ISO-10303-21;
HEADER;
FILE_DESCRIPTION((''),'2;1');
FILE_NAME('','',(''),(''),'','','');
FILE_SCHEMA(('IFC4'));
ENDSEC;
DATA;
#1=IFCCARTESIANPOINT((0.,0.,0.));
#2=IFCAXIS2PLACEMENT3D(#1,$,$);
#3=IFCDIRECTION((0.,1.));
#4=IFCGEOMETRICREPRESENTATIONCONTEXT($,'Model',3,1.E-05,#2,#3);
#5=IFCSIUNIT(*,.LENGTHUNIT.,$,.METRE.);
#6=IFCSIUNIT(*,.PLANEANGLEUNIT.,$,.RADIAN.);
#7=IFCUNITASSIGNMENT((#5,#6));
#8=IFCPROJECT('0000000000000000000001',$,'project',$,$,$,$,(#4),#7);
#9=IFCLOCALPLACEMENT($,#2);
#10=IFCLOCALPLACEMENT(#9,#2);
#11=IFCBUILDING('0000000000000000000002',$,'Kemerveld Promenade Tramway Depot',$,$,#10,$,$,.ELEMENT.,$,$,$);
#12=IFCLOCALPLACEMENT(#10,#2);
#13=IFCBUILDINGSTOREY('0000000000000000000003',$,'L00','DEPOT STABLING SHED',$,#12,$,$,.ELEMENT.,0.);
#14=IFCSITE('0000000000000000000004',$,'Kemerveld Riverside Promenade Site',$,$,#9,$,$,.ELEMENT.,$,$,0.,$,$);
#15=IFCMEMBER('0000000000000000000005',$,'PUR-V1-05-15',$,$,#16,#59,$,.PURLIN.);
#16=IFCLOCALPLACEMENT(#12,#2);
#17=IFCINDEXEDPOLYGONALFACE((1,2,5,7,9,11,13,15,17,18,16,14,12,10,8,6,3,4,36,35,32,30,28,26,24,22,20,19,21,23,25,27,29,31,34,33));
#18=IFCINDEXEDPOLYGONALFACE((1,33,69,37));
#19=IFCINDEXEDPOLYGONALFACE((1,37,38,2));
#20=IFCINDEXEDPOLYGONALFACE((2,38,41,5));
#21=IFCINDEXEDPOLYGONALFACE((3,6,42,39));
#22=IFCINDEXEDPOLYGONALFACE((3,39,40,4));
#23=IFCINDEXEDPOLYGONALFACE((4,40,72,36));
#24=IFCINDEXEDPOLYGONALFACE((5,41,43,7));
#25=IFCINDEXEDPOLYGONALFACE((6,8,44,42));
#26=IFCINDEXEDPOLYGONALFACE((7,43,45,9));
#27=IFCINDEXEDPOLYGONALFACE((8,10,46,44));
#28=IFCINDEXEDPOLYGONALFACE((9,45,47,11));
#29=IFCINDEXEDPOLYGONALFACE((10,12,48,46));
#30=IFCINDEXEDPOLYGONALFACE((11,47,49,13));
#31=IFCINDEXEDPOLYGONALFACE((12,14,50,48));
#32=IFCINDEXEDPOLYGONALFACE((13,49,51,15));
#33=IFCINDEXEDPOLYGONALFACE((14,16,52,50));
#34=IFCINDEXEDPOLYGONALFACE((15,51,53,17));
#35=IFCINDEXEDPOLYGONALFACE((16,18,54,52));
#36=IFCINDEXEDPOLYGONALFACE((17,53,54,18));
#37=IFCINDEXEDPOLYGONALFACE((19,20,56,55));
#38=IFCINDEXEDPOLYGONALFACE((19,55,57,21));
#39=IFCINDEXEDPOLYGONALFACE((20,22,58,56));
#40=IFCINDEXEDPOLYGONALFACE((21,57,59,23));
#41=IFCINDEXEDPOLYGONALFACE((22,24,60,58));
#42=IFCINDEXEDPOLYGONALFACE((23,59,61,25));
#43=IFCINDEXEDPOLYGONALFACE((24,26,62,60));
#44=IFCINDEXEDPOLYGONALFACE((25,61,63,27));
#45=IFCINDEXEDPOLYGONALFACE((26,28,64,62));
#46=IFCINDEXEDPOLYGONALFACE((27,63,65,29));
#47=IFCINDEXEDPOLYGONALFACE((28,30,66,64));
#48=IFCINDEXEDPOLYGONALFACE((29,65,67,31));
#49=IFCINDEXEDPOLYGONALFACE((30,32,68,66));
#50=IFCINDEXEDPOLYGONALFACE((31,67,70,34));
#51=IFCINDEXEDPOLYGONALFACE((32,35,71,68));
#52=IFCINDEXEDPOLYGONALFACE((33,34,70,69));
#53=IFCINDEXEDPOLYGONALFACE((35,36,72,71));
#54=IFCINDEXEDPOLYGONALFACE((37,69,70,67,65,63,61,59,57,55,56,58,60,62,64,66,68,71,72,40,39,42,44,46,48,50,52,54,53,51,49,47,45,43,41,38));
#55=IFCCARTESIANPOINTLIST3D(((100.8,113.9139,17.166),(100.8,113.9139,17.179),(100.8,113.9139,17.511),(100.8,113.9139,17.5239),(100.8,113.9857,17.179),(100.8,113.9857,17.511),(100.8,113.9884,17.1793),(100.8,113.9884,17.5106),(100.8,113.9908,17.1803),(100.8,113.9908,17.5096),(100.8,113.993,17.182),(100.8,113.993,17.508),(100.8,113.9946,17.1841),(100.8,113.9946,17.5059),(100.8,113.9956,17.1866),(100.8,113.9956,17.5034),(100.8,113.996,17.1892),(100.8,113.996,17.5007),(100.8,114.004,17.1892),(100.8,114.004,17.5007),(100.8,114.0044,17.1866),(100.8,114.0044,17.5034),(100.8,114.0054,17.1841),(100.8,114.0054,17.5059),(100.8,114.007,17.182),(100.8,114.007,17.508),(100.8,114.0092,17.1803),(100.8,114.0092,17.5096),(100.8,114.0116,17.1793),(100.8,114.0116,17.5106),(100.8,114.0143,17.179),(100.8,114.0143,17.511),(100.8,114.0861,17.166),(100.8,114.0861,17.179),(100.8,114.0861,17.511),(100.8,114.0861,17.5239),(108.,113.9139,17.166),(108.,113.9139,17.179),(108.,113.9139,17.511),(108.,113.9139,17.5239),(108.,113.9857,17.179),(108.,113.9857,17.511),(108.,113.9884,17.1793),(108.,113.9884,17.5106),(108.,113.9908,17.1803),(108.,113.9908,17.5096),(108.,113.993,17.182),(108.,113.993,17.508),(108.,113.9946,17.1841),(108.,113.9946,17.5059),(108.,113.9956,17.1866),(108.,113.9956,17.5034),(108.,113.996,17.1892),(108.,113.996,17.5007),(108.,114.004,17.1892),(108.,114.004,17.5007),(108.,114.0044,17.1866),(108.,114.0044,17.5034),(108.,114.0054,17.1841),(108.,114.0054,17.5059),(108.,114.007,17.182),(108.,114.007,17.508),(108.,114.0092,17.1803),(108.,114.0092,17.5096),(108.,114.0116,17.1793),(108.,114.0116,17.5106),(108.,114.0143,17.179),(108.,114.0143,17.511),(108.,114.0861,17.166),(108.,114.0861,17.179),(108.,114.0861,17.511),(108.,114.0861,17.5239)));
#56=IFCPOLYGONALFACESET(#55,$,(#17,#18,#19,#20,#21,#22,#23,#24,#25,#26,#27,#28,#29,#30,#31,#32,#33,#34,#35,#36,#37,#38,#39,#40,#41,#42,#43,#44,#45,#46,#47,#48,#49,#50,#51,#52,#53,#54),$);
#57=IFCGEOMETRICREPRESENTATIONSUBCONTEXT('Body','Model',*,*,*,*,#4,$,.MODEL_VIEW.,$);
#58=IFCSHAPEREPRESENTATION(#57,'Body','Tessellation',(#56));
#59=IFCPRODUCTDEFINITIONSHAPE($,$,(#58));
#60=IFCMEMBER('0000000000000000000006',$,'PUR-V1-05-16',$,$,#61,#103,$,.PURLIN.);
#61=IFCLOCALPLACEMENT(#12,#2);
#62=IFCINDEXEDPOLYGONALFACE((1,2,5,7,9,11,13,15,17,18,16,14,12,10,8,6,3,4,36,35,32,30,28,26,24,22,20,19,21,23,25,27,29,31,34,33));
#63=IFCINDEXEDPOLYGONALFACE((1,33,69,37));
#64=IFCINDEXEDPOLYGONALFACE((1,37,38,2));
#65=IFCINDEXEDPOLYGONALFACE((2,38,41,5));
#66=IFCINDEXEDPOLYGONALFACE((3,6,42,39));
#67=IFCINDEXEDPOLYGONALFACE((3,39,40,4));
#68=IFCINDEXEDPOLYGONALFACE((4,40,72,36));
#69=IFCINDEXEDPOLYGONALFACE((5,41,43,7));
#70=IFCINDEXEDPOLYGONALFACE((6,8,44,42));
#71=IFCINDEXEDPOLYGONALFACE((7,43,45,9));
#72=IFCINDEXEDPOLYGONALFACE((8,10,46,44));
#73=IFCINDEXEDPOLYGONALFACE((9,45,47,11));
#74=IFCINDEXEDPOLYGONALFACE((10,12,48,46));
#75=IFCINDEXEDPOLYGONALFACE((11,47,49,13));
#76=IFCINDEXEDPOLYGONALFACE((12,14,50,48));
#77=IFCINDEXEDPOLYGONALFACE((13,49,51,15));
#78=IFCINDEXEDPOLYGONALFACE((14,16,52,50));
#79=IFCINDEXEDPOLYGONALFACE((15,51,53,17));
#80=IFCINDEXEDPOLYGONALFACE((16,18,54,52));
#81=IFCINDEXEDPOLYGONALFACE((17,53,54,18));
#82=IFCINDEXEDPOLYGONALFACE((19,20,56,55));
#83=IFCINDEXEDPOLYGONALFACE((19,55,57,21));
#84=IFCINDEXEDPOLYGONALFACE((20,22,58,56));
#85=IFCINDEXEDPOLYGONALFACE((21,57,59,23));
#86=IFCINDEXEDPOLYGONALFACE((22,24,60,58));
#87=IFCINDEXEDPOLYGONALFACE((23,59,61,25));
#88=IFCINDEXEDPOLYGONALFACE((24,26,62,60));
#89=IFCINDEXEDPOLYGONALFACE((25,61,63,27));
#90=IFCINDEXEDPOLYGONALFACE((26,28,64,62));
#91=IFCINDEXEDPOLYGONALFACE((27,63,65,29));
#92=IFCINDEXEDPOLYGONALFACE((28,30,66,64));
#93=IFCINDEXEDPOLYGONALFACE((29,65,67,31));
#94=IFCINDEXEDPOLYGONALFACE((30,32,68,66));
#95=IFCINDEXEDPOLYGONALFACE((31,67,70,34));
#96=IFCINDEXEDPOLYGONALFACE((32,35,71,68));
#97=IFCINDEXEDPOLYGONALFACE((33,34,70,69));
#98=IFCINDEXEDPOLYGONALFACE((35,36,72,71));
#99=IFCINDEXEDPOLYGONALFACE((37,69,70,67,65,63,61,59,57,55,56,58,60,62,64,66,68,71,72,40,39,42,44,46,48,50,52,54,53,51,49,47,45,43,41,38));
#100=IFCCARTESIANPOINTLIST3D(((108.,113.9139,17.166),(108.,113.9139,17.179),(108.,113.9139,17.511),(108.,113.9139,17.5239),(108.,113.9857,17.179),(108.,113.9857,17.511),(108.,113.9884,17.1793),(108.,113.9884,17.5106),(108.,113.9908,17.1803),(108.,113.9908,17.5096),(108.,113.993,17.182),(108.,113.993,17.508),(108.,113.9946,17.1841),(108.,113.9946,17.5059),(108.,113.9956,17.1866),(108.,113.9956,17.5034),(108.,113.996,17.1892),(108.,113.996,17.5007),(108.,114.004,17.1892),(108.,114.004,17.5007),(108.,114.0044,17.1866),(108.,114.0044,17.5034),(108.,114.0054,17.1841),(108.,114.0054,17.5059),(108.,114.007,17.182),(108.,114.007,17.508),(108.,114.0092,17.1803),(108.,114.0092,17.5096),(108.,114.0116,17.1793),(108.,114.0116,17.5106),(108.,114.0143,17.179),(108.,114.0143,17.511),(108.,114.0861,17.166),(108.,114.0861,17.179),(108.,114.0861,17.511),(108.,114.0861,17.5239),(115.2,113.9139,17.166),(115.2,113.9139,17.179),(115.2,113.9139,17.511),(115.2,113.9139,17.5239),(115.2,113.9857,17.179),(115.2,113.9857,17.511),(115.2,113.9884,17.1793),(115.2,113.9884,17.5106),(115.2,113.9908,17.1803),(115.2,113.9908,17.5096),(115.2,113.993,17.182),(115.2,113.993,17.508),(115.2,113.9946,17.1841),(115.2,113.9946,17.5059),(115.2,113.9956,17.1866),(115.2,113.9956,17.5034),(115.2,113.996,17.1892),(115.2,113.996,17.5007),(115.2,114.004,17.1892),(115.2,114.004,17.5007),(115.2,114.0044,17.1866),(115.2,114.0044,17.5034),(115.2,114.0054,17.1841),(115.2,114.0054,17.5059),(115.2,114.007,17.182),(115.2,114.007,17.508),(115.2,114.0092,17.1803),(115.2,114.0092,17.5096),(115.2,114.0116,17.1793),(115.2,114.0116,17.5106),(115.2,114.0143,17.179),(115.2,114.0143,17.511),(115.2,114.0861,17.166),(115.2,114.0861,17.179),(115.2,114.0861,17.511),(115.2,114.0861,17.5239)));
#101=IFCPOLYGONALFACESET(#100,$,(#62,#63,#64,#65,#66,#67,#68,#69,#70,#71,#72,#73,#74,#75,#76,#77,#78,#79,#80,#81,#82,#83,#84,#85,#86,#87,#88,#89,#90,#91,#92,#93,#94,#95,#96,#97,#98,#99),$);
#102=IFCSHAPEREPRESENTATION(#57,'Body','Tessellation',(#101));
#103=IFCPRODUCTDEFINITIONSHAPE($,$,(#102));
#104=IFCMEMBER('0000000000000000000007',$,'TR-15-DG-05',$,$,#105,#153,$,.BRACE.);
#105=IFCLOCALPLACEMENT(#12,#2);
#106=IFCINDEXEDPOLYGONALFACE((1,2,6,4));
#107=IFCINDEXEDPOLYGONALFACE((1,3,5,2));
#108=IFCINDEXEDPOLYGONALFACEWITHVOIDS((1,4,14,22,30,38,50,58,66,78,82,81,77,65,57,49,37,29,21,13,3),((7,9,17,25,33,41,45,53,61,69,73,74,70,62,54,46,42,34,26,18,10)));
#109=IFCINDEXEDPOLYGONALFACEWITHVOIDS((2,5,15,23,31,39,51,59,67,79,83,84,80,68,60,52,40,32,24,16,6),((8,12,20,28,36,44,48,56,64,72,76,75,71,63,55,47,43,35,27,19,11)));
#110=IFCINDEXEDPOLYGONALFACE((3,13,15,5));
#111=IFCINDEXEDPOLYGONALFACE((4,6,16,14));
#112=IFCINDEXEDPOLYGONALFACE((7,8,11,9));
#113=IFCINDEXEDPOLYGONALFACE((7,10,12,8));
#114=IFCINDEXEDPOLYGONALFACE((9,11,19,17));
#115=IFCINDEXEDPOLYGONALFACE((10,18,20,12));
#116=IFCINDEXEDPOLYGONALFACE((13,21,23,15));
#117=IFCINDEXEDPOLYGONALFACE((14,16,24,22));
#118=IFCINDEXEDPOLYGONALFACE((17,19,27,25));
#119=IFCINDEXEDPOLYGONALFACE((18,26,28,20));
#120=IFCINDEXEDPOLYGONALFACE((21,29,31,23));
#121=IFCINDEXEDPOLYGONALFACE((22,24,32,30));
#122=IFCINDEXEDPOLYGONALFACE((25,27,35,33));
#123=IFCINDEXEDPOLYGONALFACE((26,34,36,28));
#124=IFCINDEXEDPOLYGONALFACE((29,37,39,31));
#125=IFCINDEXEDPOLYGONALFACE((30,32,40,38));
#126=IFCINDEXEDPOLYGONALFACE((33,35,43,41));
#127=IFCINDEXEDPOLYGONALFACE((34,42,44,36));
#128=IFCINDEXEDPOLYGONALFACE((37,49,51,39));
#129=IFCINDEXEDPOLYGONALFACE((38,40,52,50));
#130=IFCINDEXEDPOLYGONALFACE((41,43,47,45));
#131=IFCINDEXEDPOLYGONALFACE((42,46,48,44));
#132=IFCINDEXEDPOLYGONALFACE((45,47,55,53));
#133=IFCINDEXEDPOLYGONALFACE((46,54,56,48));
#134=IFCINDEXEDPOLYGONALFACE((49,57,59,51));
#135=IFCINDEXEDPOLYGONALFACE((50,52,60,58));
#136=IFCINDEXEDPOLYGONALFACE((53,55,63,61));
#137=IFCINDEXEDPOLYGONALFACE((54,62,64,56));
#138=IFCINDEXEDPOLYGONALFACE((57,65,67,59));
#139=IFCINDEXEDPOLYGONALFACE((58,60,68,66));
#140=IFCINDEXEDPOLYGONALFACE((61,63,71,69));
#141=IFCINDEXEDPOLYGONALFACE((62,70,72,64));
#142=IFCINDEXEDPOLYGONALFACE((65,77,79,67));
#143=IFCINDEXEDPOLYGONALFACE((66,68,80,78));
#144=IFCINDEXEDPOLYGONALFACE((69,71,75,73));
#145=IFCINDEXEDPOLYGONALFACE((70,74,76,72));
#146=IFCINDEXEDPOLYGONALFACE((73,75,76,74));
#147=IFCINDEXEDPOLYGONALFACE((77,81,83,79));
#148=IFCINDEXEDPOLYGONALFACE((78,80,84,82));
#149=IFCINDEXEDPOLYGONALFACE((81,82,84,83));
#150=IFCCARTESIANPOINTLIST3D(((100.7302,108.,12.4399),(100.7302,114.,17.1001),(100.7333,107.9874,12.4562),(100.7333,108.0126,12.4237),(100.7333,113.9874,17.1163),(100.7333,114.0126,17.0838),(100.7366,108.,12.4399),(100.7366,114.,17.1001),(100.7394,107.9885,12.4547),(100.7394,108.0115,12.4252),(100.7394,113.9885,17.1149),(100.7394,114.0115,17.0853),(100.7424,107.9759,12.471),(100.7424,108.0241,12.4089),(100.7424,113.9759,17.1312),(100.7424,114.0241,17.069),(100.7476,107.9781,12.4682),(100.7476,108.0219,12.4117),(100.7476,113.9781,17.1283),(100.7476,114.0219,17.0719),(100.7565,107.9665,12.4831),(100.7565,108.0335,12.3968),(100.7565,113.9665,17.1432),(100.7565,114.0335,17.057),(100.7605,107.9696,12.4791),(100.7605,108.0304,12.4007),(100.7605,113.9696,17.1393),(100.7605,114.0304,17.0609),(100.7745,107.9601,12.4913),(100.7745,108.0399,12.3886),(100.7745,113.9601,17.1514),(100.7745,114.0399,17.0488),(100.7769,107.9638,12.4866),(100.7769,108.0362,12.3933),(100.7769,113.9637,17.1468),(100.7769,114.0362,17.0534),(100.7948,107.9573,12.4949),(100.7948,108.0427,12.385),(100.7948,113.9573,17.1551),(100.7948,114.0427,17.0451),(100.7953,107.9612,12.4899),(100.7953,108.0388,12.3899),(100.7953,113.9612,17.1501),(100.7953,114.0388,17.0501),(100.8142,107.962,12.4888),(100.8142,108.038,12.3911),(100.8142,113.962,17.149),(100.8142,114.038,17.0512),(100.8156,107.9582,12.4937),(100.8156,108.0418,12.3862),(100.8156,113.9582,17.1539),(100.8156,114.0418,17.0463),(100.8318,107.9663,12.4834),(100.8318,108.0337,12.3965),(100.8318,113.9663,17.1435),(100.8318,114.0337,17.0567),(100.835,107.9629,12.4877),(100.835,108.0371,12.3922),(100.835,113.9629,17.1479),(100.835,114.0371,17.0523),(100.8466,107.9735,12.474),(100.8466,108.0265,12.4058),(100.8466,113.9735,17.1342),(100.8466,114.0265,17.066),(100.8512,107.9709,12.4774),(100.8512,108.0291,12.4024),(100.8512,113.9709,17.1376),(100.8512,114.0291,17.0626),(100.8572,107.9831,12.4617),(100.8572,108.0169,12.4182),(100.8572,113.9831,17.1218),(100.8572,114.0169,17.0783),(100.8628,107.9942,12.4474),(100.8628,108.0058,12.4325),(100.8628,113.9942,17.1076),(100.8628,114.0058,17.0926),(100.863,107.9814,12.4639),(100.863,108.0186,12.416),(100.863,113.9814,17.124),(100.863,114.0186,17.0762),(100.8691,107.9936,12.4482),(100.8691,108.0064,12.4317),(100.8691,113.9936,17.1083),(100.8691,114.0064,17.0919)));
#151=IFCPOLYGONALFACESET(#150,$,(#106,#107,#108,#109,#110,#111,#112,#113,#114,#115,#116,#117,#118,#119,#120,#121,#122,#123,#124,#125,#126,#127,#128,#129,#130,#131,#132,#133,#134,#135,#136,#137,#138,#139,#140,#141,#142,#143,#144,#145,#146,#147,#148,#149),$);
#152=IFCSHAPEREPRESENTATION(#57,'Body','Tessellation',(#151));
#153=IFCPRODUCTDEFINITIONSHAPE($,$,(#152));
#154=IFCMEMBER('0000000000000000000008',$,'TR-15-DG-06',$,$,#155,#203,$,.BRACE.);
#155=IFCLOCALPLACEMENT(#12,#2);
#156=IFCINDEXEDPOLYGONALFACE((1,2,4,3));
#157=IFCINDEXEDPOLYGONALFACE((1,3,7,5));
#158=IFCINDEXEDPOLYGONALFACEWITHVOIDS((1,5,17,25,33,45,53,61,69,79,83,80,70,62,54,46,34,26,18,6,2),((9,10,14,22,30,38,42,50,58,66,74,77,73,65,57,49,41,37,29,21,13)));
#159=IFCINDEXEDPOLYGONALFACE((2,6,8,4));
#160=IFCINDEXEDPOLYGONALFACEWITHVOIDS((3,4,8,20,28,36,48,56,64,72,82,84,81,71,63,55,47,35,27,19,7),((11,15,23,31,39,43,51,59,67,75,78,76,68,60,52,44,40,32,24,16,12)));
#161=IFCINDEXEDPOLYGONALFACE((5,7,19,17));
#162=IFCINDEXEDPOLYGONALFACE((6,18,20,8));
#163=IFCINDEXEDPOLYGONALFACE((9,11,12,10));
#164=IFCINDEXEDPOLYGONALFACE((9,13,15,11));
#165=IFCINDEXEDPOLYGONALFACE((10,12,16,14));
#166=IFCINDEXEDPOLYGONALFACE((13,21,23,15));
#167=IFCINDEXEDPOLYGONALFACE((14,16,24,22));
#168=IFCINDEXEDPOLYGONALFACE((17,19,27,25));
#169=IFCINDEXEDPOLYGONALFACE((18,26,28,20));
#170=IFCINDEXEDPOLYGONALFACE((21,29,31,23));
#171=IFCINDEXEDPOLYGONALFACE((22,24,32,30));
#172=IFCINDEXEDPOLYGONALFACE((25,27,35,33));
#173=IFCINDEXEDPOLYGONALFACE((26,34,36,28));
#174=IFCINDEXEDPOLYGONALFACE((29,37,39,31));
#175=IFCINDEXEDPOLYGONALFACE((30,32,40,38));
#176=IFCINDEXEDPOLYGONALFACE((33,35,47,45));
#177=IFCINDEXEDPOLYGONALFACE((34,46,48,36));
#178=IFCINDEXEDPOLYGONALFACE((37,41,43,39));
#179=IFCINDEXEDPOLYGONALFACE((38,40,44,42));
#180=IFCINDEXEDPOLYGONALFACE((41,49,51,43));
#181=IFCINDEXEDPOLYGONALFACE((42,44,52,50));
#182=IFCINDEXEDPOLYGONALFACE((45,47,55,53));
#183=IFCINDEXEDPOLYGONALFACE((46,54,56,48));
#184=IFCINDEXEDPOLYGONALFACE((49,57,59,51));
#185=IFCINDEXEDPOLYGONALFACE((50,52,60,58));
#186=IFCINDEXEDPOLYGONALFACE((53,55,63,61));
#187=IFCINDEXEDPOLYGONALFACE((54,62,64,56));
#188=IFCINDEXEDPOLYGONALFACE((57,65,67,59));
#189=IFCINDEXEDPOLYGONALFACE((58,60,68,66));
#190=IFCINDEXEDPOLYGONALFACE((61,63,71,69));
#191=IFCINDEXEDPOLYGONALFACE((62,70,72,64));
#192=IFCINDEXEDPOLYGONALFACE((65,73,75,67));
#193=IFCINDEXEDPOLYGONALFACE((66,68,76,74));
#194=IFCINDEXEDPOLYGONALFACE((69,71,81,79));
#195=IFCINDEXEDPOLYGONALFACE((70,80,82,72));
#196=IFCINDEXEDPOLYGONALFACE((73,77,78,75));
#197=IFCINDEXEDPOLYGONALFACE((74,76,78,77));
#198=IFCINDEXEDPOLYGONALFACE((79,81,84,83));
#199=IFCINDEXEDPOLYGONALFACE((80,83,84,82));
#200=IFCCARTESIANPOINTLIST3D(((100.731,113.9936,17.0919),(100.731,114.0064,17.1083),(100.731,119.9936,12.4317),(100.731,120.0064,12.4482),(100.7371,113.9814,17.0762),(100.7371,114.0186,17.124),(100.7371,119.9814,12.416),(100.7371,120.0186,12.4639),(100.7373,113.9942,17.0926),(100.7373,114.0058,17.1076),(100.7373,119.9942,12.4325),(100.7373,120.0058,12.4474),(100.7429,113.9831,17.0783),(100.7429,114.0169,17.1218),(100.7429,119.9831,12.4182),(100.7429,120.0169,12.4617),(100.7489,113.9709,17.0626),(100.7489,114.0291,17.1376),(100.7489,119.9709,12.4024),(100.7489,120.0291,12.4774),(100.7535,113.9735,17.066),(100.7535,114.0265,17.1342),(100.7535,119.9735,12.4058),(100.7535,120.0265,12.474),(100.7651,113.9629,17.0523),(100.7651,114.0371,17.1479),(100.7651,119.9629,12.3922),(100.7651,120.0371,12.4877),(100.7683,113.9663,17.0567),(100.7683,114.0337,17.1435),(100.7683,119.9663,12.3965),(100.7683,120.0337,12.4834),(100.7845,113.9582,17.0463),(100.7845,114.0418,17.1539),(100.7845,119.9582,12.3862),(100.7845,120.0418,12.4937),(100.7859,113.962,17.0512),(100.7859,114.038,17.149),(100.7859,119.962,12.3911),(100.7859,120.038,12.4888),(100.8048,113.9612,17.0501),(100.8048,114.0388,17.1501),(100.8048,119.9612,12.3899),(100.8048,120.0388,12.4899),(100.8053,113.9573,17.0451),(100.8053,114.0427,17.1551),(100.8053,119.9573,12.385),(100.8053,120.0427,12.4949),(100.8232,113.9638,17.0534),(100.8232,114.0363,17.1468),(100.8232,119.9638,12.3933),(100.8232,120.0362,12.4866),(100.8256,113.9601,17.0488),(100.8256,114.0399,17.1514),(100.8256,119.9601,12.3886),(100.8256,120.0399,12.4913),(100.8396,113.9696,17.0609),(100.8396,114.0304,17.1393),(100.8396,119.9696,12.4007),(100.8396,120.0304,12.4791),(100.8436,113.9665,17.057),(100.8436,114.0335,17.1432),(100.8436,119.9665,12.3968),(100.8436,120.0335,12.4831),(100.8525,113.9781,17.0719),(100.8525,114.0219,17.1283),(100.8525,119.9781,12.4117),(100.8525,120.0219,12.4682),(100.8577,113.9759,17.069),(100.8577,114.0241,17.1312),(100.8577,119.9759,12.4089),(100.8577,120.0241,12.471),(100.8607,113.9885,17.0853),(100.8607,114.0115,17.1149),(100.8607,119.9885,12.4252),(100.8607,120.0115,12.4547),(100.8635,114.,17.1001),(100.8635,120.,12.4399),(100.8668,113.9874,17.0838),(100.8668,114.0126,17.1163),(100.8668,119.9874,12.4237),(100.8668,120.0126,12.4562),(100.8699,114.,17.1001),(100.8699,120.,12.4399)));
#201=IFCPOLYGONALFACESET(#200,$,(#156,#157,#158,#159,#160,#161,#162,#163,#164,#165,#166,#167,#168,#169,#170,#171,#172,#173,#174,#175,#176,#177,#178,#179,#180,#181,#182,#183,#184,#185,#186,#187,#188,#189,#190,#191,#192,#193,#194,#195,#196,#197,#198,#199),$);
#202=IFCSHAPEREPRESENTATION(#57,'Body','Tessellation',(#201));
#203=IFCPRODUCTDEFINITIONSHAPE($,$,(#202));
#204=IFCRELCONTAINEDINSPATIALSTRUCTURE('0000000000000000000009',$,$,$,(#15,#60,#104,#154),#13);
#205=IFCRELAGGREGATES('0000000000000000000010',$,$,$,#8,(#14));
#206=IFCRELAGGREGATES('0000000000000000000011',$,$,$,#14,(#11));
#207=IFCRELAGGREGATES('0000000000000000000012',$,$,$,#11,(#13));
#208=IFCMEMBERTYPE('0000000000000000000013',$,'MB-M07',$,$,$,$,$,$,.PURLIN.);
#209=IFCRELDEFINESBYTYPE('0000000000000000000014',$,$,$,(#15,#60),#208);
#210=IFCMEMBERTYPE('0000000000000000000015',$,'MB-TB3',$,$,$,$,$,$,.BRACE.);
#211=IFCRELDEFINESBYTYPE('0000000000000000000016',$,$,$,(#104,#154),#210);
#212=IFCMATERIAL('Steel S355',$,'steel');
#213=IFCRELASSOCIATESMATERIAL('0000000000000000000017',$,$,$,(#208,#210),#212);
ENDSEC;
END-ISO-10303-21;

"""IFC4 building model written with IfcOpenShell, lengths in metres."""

from ifc_helpers import new_model, si_unit, direction, frame, origin, origin_2d, place, context, subcontext, project, spatial, hollow_circle, i_section, extrude, material, material_profile, profile_set, type_object, element, save


model = new_model("IFC4")

# Units and contexts
model_context = context("Model", 3, precision=1e-05, world=origin(), true_north=direction((0.0, 1.0)))
body_context = subcontext(model_context, "Body", "Model", "MODEL_VIEW")
ifc_project = project(units=[si_unit("LENGTHUNIT", "METRE"), si_unit("PLANEANGLEUNIT", "RADIAN")], contexts=[model_context])

# Site, building, storey
site_placement = place(None, origin())
site = spatial("IfcSite", under=ifc_project, at=site_placement, Name="Kemerveld Riverside Promenade Site", CompositionType="ELEMENT", RefElevation=0.0)
building_placement = place(site_placement, origin())
building = spatial("IfcBuilding", under=site, at=building_placement, Name="Kemerveld Promenade Tramway Depot", CompositionType="ELEMENT")
storey_placement = place(building_placement, origin())
storey = spatial("IfcBuildingStorey", under=building, at=storey_placement, Name="L00", Description="DEPOT STABLING SHED", CompositionType="ELEMENT", Elevation=0.0)

# Members
ifc_material_1 = material(Name="Steel S355", Category="steel")
ifc_material_profile_1 = material_profile(ifc_material_1, i_section(OverallWidth=0.1721, OverallDepth=0.3579, WebThickness=0.0081, FlangeThickness=0.0129, FilletRadius=0.0103, at=origin_2d()), Name="356x171x57 UB")
ifc_profile_set_1 = profile_set([ifc_material_profile_1], Name="Steel S355")
member_type_1 = type_object("IfcMemberType", Name="MB-M07", PredefinedType="PURLIN", material=ifc_profile_set_1)
for number, where, z_axis, x_axis, name in (
    (1, (100.8, 114.0, 17.345), (1.0, 0.0, 0.0), (0.0, 1.0, 0.0), "PUR-V1-05-15"),
    (2, (108.0, 114.0, 17.345), (1.0, 0.0, 0.0), (0.0, 1.0, 0.0), "PUR-V1-05-16"),
):
    element("IfcMember", number, at=place(storey_placement, frame(where, z_axis=z_axis, x_axis=x_axis)), inside=storey, type_object=member_type_1, Name=name, PredefinedType="PURLIN", context=body_context, shape_type="SweptSolid", body=[
        extrude(i_section(OverallWidth=0.1721, OverallDepth=0.3579, WebThickness=0.0081, FlangeThickness=0.0129, FilletRadius=0.0103, at=origin_2d()), origin(), (0.0, 0.0, 1.0), 7.2),
    ])
ifc_material_profile_2 = material_profile(ifc_material_1, hollow_circle(Radius=0.0698, WallThickness=0.0063, at=origin_2d()), Name="139.7x6.3 CHS")
ifc_profile_set_2 = profile_set([ifc_material_profile_2], Name="Steel S355")
member_type_2 = type_object("IfcMemberType", Name="MB-TB3", PredefinedType="BRACE", material=ifc_profile_set_2)
for number, where, z_axis, x_axis, name in (
    (3, (100.8, 108.0, 12.4399), (0.0, 0.789767, 0.613407), (-1.0, 0.0, 0.0), "TR-15-DG-05"),
    (4, (100.8, 120.0, 12.4399), (0.0, -0.789767, 0.613407), (1.0, 0.0, 0.0), "TR-15-DG-06"),
):
    element("IfcMember", number, at=place(storey_placement, frame(where, z_axis=z_axis, x_axis=x_axis)), inside=storey, type_object=member_type_2, Name=name, PredefinedType="BRACE", context=body_context, shape_type="SweptSolid", body=[
        extrude(hollow_circle(Radius=0.0698, WallThickness=0.0063, at=origin_2d()), origin(), (0.0, 0.0, 1.0), 7.5972),
    ])

save(model, "model.ifc")
